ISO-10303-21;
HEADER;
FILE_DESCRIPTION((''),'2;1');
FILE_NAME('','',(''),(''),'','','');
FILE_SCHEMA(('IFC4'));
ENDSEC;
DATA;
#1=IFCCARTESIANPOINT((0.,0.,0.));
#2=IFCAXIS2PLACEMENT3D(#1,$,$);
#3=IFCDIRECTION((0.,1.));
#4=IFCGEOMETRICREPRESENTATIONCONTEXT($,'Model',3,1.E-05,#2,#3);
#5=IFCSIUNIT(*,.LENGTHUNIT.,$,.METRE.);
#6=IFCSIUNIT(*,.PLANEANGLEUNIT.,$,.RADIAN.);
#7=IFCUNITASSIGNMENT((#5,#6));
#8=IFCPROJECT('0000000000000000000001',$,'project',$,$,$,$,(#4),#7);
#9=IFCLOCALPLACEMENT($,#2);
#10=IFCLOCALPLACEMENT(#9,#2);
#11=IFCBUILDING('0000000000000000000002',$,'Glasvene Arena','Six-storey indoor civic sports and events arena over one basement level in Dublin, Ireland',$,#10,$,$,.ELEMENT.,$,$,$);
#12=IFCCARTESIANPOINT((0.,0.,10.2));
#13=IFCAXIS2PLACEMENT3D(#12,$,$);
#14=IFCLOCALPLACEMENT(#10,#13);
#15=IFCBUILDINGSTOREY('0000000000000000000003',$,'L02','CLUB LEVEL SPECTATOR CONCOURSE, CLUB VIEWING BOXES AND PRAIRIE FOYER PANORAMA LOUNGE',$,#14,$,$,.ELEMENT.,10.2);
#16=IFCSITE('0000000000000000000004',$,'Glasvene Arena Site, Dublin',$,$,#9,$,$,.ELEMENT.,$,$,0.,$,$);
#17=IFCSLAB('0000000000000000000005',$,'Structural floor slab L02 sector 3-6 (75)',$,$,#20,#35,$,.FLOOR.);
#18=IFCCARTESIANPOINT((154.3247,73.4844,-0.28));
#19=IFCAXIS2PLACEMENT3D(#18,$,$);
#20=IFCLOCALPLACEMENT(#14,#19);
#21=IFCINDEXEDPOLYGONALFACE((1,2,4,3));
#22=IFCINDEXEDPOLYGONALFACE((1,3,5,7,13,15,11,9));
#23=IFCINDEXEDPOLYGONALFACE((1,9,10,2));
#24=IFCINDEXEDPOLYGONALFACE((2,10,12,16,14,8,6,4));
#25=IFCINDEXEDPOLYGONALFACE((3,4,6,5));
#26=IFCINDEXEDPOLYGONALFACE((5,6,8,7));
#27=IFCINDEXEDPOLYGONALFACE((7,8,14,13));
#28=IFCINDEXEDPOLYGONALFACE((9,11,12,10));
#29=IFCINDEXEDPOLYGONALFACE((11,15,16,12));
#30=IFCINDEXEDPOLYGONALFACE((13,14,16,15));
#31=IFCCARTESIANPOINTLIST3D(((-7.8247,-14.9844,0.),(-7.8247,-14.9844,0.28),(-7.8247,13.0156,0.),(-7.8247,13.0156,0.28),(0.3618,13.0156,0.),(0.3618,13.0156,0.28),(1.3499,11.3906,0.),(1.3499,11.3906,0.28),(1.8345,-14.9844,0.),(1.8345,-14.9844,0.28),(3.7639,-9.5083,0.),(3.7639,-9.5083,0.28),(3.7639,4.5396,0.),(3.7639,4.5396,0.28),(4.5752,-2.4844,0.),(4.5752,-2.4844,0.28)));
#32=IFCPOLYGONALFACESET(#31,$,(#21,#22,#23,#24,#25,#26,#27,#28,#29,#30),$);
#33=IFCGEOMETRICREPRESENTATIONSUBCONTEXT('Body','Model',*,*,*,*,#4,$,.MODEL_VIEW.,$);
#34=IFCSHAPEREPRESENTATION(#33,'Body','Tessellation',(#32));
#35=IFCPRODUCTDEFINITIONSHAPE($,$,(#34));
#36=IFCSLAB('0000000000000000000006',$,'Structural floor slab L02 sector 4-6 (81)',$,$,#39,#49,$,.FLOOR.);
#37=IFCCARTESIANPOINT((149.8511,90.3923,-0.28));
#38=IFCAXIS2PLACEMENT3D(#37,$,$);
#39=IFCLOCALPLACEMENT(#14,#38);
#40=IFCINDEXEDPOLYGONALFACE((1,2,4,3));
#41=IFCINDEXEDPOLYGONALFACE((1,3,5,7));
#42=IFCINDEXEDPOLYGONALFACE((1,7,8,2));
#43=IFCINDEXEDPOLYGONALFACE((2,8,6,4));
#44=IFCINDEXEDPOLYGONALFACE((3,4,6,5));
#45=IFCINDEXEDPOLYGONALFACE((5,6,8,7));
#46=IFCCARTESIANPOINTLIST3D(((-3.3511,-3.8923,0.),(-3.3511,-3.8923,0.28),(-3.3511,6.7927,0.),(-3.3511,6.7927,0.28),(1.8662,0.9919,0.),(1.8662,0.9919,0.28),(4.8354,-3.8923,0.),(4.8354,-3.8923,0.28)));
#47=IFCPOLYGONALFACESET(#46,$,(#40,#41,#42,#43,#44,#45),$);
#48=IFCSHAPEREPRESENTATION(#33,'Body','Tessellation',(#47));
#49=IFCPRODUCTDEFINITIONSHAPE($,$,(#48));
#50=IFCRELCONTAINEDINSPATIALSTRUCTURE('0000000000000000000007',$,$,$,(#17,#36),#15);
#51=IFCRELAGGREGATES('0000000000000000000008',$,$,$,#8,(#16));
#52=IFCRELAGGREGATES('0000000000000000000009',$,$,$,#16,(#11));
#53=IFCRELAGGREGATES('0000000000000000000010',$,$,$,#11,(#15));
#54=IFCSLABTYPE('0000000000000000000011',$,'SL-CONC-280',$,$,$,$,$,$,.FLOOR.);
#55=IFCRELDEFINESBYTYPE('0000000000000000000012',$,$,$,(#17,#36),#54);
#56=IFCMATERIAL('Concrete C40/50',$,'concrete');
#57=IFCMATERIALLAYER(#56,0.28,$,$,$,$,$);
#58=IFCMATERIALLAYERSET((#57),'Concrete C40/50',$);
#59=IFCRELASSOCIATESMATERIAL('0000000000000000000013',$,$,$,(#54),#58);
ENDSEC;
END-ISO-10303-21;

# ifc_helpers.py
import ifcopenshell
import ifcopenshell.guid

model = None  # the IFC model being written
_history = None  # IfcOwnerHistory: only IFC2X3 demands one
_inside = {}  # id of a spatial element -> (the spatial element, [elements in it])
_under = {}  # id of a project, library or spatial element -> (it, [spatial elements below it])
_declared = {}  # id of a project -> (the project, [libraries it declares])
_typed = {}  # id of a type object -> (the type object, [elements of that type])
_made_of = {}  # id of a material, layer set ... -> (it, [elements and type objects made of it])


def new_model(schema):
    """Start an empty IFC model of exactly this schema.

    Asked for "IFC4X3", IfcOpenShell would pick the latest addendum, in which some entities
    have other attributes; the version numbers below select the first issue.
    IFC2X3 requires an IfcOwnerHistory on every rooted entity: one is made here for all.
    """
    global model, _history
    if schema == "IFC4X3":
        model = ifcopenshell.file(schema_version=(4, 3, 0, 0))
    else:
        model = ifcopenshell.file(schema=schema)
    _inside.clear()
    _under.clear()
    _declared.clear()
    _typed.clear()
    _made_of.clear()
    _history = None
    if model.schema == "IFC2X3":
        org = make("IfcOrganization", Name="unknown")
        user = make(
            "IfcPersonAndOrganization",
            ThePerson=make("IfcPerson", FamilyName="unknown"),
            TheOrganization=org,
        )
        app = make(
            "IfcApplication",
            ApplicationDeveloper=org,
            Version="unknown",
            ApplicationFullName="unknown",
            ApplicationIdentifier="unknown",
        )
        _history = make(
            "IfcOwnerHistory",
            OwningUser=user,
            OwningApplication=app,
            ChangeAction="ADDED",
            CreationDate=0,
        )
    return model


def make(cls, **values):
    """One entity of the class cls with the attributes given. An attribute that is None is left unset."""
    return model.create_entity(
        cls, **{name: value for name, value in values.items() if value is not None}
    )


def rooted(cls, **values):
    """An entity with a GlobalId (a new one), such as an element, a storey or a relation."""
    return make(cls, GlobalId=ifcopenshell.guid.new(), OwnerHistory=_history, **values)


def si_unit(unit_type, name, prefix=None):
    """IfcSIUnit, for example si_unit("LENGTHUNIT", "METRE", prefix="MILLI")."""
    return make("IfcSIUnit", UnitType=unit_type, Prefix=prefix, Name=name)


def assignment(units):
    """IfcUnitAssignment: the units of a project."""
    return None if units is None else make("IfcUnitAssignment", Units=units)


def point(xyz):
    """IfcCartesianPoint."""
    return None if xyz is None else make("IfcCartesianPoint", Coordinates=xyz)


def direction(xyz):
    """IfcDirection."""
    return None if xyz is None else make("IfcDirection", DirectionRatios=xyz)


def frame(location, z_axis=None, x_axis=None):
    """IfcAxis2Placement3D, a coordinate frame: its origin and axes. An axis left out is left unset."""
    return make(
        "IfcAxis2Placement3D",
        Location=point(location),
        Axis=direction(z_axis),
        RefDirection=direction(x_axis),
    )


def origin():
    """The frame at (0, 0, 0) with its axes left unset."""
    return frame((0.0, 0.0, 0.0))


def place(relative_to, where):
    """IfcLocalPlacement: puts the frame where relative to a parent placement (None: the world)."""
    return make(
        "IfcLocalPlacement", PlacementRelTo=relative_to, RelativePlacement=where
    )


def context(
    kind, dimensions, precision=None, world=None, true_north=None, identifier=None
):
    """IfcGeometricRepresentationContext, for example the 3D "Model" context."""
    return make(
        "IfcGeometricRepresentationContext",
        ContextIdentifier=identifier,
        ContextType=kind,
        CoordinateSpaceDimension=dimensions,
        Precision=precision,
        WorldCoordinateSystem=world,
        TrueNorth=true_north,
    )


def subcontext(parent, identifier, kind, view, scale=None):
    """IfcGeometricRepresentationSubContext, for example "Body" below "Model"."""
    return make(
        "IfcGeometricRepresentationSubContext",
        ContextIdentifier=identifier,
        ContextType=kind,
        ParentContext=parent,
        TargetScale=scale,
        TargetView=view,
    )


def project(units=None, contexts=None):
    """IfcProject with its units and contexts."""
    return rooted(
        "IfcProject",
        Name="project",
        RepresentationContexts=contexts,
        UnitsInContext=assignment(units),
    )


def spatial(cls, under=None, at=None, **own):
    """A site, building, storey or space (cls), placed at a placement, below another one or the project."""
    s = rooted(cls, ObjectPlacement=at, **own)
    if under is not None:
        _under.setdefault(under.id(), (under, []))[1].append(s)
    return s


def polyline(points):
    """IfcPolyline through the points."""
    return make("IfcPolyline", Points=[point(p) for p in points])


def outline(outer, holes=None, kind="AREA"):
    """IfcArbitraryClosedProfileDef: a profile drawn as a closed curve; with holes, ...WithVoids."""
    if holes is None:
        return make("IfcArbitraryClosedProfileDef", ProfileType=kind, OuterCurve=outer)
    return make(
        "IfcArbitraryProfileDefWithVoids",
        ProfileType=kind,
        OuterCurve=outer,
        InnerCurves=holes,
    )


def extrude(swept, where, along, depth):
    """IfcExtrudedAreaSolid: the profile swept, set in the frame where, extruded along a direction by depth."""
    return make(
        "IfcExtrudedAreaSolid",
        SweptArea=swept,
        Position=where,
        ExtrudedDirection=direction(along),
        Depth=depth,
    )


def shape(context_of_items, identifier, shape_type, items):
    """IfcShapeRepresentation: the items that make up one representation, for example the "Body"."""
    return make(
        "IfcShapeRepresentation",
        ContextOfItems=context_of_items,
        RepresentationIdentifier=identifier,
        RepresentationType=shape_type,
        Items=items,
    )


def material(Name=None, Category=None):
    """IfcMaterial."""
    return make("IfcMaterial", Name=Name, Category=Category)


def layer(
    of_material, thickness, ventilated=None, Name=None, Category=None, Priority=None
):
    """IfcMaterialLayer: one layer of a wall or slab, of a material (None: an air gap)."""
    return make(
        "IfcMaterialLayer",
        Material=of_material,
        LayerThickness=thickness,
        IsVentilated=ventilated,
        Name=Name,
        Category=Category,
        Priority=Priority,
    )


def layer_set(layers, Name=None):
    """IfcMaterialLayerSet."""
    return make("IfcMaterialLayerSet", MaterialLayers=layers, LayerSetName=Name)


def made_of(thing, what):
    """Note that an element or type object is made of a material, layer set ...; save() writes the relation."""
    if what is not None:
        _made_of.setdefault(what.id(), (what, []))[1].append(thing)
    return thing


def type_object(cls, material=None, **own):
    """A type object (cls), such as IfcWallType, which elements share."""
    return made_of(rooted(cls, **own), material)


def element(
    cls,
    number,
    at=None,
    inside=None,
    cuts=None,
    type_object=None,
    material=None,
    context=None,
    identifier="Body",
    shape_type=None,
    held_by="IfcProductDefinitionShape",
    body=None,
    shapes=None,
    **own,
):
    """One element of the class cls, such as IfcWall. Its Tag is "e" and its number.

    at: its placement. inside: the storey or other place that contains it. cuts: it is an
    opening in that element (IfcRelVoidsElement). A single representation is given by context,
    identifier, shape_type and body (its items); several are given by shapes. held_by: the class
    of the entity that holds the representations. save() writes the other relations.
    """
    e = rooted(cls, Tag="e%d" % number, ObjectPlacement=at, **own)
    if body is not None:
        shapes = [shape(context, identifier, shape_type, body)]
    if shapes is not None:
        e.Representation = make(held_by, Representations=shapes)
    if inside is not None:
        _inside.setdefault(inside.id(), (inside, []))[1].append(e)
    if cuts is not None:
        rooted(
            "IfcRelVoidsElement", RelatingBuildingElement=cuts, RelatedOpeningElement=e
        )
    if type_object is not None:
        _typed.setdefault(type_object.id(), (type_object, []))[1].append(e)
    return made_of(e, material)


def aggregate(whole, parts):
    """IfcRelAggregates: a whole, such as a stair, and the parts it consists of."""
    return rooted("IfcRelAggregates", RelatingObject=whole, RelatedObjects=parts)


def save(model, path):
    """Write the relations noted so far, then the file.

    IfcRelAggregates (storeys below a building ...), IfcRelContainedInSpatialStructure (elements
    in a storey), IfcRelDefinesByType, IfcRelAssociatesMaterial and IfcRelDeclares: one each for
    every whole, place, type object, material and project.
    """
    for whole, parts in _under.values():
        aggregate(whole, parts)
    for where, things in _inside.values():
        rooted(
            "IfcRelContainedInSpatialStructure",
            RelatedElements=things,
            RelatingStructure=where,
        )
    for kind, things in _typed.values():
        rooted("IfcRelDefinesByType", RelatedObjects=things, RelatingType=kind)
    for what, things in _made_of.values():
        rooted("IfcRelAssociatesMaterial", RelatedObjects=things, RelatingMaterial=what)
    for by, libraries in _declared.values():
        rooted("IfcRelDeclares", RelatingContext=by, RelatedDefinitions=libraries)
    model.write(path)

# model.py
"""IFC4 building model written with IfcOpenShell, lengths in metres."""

from ifc_helpers import new_model, si_unit, direction, frame, origin, place, context, subcontext, project, spatial, polyline, outline, extrude, material, layer, layer_set, type_object, element, save


model = new_model("IFC4")

# Units and contexts
model_context = context("Model", 3, precision=1e-05, world=origin(), true_north=direction((0.0, 1.0)))
body_context = subcontext(model_context, "Body", "Model", "MODEL_VIEW")
ifc_project = project(units=[si_unit("LENGTHUNIT", "METRE"), si_unit("PLANEANGLEUNIT", "RADIAN")], contexts=[model_context])

# Site, building, storey
site_placement = place(None, origin())
site = spatial("IfcSite", under=ifc_project, at=site_placement, Name="Glasvene Arena Site, Dublin", CompositionType="ELEMENT", RefElevation=0.0)
building_placement = place(site_placement, origin())
building = spatial("IfcBuilding", under=site, at=building_placement, Name="Glasvene Arena", Description="Six-storey indoor civic sports and events arena over one basement level in Dublin, Ireland", CompositionType="ELEMENT")
storey_placement = place(building_placement, frame((0.0, 0.0, 10.2)))
storey = spatial("IfcBuildingStorey", under=building, at=storey_placement, Name="L02", Description="CLUB LEVEL SPECTATOR CONCOURSE, CLUB VIEWING BOXES AND PRAIRIE FOYER PANORAMA LOUNGE", CompositionType="ELEMENT", Elevation=10.2)

# Slabs
ifc_material_1 = material(Name="Concrete C40/50", Category="concrete")
ifc_layer_1 = layer(ifc_material_1, 0.28)
ifc_layer_set_1 = layer_set([ifc_layer_1], Name="Concrete C40/50")
slab_type = type_object("IfcSlabType", Name="SL-CONC-280", PredefinedType="FLOOR", material=ifc_layer_set_1)
slab_1_placement = place(storey_placement, frame((154.3247, 73.4844, -0.28)))
element("IfcSlab", 1, at=slab_1_placement, inside=storey, type_object=slab_type, Name="Structural floor slab L02 sector 3-6 (75)", PredefinedType="FLOOR", context=body_context, shape_type="SweptSolid", body=[
    extrude(outline(polyline([(1.3499, 11.3906), (3.7639, 4.5396), (4.5752, -2.4844), (3.7639, -9.5083), (1.8345, -14.9844), (-7.8247, -14.9844), (-7.8247, 13.0156), (0.3618, 13.0156), (1.3499, 11.3906)])), origin(), (0.0, 0.0, 1.0), 0.28),
])
slab_2_placement = place(storey_placement, frame((149.8511, 90.3923, -0.28)))
element("IfcSlab", 2, at=slab_2_placement, inside=storey, type_object=slab_type, Name="Structural floor slab L02 sector 4-6 (81)", PredefinedType="FLOOR", context=body_context, shape_type="SweptSolid", body=[
    extrude(outline(polyline([(1.8662, 0.9919), (4.8354, -3.8923), (-3.3511, -3.8923), (-3.3511, 6.7927), (1.8662, 0.9919)])), origin(), (0.0, 0.0, 1.0), 0.28),
])

save(model, "model.ifc")
